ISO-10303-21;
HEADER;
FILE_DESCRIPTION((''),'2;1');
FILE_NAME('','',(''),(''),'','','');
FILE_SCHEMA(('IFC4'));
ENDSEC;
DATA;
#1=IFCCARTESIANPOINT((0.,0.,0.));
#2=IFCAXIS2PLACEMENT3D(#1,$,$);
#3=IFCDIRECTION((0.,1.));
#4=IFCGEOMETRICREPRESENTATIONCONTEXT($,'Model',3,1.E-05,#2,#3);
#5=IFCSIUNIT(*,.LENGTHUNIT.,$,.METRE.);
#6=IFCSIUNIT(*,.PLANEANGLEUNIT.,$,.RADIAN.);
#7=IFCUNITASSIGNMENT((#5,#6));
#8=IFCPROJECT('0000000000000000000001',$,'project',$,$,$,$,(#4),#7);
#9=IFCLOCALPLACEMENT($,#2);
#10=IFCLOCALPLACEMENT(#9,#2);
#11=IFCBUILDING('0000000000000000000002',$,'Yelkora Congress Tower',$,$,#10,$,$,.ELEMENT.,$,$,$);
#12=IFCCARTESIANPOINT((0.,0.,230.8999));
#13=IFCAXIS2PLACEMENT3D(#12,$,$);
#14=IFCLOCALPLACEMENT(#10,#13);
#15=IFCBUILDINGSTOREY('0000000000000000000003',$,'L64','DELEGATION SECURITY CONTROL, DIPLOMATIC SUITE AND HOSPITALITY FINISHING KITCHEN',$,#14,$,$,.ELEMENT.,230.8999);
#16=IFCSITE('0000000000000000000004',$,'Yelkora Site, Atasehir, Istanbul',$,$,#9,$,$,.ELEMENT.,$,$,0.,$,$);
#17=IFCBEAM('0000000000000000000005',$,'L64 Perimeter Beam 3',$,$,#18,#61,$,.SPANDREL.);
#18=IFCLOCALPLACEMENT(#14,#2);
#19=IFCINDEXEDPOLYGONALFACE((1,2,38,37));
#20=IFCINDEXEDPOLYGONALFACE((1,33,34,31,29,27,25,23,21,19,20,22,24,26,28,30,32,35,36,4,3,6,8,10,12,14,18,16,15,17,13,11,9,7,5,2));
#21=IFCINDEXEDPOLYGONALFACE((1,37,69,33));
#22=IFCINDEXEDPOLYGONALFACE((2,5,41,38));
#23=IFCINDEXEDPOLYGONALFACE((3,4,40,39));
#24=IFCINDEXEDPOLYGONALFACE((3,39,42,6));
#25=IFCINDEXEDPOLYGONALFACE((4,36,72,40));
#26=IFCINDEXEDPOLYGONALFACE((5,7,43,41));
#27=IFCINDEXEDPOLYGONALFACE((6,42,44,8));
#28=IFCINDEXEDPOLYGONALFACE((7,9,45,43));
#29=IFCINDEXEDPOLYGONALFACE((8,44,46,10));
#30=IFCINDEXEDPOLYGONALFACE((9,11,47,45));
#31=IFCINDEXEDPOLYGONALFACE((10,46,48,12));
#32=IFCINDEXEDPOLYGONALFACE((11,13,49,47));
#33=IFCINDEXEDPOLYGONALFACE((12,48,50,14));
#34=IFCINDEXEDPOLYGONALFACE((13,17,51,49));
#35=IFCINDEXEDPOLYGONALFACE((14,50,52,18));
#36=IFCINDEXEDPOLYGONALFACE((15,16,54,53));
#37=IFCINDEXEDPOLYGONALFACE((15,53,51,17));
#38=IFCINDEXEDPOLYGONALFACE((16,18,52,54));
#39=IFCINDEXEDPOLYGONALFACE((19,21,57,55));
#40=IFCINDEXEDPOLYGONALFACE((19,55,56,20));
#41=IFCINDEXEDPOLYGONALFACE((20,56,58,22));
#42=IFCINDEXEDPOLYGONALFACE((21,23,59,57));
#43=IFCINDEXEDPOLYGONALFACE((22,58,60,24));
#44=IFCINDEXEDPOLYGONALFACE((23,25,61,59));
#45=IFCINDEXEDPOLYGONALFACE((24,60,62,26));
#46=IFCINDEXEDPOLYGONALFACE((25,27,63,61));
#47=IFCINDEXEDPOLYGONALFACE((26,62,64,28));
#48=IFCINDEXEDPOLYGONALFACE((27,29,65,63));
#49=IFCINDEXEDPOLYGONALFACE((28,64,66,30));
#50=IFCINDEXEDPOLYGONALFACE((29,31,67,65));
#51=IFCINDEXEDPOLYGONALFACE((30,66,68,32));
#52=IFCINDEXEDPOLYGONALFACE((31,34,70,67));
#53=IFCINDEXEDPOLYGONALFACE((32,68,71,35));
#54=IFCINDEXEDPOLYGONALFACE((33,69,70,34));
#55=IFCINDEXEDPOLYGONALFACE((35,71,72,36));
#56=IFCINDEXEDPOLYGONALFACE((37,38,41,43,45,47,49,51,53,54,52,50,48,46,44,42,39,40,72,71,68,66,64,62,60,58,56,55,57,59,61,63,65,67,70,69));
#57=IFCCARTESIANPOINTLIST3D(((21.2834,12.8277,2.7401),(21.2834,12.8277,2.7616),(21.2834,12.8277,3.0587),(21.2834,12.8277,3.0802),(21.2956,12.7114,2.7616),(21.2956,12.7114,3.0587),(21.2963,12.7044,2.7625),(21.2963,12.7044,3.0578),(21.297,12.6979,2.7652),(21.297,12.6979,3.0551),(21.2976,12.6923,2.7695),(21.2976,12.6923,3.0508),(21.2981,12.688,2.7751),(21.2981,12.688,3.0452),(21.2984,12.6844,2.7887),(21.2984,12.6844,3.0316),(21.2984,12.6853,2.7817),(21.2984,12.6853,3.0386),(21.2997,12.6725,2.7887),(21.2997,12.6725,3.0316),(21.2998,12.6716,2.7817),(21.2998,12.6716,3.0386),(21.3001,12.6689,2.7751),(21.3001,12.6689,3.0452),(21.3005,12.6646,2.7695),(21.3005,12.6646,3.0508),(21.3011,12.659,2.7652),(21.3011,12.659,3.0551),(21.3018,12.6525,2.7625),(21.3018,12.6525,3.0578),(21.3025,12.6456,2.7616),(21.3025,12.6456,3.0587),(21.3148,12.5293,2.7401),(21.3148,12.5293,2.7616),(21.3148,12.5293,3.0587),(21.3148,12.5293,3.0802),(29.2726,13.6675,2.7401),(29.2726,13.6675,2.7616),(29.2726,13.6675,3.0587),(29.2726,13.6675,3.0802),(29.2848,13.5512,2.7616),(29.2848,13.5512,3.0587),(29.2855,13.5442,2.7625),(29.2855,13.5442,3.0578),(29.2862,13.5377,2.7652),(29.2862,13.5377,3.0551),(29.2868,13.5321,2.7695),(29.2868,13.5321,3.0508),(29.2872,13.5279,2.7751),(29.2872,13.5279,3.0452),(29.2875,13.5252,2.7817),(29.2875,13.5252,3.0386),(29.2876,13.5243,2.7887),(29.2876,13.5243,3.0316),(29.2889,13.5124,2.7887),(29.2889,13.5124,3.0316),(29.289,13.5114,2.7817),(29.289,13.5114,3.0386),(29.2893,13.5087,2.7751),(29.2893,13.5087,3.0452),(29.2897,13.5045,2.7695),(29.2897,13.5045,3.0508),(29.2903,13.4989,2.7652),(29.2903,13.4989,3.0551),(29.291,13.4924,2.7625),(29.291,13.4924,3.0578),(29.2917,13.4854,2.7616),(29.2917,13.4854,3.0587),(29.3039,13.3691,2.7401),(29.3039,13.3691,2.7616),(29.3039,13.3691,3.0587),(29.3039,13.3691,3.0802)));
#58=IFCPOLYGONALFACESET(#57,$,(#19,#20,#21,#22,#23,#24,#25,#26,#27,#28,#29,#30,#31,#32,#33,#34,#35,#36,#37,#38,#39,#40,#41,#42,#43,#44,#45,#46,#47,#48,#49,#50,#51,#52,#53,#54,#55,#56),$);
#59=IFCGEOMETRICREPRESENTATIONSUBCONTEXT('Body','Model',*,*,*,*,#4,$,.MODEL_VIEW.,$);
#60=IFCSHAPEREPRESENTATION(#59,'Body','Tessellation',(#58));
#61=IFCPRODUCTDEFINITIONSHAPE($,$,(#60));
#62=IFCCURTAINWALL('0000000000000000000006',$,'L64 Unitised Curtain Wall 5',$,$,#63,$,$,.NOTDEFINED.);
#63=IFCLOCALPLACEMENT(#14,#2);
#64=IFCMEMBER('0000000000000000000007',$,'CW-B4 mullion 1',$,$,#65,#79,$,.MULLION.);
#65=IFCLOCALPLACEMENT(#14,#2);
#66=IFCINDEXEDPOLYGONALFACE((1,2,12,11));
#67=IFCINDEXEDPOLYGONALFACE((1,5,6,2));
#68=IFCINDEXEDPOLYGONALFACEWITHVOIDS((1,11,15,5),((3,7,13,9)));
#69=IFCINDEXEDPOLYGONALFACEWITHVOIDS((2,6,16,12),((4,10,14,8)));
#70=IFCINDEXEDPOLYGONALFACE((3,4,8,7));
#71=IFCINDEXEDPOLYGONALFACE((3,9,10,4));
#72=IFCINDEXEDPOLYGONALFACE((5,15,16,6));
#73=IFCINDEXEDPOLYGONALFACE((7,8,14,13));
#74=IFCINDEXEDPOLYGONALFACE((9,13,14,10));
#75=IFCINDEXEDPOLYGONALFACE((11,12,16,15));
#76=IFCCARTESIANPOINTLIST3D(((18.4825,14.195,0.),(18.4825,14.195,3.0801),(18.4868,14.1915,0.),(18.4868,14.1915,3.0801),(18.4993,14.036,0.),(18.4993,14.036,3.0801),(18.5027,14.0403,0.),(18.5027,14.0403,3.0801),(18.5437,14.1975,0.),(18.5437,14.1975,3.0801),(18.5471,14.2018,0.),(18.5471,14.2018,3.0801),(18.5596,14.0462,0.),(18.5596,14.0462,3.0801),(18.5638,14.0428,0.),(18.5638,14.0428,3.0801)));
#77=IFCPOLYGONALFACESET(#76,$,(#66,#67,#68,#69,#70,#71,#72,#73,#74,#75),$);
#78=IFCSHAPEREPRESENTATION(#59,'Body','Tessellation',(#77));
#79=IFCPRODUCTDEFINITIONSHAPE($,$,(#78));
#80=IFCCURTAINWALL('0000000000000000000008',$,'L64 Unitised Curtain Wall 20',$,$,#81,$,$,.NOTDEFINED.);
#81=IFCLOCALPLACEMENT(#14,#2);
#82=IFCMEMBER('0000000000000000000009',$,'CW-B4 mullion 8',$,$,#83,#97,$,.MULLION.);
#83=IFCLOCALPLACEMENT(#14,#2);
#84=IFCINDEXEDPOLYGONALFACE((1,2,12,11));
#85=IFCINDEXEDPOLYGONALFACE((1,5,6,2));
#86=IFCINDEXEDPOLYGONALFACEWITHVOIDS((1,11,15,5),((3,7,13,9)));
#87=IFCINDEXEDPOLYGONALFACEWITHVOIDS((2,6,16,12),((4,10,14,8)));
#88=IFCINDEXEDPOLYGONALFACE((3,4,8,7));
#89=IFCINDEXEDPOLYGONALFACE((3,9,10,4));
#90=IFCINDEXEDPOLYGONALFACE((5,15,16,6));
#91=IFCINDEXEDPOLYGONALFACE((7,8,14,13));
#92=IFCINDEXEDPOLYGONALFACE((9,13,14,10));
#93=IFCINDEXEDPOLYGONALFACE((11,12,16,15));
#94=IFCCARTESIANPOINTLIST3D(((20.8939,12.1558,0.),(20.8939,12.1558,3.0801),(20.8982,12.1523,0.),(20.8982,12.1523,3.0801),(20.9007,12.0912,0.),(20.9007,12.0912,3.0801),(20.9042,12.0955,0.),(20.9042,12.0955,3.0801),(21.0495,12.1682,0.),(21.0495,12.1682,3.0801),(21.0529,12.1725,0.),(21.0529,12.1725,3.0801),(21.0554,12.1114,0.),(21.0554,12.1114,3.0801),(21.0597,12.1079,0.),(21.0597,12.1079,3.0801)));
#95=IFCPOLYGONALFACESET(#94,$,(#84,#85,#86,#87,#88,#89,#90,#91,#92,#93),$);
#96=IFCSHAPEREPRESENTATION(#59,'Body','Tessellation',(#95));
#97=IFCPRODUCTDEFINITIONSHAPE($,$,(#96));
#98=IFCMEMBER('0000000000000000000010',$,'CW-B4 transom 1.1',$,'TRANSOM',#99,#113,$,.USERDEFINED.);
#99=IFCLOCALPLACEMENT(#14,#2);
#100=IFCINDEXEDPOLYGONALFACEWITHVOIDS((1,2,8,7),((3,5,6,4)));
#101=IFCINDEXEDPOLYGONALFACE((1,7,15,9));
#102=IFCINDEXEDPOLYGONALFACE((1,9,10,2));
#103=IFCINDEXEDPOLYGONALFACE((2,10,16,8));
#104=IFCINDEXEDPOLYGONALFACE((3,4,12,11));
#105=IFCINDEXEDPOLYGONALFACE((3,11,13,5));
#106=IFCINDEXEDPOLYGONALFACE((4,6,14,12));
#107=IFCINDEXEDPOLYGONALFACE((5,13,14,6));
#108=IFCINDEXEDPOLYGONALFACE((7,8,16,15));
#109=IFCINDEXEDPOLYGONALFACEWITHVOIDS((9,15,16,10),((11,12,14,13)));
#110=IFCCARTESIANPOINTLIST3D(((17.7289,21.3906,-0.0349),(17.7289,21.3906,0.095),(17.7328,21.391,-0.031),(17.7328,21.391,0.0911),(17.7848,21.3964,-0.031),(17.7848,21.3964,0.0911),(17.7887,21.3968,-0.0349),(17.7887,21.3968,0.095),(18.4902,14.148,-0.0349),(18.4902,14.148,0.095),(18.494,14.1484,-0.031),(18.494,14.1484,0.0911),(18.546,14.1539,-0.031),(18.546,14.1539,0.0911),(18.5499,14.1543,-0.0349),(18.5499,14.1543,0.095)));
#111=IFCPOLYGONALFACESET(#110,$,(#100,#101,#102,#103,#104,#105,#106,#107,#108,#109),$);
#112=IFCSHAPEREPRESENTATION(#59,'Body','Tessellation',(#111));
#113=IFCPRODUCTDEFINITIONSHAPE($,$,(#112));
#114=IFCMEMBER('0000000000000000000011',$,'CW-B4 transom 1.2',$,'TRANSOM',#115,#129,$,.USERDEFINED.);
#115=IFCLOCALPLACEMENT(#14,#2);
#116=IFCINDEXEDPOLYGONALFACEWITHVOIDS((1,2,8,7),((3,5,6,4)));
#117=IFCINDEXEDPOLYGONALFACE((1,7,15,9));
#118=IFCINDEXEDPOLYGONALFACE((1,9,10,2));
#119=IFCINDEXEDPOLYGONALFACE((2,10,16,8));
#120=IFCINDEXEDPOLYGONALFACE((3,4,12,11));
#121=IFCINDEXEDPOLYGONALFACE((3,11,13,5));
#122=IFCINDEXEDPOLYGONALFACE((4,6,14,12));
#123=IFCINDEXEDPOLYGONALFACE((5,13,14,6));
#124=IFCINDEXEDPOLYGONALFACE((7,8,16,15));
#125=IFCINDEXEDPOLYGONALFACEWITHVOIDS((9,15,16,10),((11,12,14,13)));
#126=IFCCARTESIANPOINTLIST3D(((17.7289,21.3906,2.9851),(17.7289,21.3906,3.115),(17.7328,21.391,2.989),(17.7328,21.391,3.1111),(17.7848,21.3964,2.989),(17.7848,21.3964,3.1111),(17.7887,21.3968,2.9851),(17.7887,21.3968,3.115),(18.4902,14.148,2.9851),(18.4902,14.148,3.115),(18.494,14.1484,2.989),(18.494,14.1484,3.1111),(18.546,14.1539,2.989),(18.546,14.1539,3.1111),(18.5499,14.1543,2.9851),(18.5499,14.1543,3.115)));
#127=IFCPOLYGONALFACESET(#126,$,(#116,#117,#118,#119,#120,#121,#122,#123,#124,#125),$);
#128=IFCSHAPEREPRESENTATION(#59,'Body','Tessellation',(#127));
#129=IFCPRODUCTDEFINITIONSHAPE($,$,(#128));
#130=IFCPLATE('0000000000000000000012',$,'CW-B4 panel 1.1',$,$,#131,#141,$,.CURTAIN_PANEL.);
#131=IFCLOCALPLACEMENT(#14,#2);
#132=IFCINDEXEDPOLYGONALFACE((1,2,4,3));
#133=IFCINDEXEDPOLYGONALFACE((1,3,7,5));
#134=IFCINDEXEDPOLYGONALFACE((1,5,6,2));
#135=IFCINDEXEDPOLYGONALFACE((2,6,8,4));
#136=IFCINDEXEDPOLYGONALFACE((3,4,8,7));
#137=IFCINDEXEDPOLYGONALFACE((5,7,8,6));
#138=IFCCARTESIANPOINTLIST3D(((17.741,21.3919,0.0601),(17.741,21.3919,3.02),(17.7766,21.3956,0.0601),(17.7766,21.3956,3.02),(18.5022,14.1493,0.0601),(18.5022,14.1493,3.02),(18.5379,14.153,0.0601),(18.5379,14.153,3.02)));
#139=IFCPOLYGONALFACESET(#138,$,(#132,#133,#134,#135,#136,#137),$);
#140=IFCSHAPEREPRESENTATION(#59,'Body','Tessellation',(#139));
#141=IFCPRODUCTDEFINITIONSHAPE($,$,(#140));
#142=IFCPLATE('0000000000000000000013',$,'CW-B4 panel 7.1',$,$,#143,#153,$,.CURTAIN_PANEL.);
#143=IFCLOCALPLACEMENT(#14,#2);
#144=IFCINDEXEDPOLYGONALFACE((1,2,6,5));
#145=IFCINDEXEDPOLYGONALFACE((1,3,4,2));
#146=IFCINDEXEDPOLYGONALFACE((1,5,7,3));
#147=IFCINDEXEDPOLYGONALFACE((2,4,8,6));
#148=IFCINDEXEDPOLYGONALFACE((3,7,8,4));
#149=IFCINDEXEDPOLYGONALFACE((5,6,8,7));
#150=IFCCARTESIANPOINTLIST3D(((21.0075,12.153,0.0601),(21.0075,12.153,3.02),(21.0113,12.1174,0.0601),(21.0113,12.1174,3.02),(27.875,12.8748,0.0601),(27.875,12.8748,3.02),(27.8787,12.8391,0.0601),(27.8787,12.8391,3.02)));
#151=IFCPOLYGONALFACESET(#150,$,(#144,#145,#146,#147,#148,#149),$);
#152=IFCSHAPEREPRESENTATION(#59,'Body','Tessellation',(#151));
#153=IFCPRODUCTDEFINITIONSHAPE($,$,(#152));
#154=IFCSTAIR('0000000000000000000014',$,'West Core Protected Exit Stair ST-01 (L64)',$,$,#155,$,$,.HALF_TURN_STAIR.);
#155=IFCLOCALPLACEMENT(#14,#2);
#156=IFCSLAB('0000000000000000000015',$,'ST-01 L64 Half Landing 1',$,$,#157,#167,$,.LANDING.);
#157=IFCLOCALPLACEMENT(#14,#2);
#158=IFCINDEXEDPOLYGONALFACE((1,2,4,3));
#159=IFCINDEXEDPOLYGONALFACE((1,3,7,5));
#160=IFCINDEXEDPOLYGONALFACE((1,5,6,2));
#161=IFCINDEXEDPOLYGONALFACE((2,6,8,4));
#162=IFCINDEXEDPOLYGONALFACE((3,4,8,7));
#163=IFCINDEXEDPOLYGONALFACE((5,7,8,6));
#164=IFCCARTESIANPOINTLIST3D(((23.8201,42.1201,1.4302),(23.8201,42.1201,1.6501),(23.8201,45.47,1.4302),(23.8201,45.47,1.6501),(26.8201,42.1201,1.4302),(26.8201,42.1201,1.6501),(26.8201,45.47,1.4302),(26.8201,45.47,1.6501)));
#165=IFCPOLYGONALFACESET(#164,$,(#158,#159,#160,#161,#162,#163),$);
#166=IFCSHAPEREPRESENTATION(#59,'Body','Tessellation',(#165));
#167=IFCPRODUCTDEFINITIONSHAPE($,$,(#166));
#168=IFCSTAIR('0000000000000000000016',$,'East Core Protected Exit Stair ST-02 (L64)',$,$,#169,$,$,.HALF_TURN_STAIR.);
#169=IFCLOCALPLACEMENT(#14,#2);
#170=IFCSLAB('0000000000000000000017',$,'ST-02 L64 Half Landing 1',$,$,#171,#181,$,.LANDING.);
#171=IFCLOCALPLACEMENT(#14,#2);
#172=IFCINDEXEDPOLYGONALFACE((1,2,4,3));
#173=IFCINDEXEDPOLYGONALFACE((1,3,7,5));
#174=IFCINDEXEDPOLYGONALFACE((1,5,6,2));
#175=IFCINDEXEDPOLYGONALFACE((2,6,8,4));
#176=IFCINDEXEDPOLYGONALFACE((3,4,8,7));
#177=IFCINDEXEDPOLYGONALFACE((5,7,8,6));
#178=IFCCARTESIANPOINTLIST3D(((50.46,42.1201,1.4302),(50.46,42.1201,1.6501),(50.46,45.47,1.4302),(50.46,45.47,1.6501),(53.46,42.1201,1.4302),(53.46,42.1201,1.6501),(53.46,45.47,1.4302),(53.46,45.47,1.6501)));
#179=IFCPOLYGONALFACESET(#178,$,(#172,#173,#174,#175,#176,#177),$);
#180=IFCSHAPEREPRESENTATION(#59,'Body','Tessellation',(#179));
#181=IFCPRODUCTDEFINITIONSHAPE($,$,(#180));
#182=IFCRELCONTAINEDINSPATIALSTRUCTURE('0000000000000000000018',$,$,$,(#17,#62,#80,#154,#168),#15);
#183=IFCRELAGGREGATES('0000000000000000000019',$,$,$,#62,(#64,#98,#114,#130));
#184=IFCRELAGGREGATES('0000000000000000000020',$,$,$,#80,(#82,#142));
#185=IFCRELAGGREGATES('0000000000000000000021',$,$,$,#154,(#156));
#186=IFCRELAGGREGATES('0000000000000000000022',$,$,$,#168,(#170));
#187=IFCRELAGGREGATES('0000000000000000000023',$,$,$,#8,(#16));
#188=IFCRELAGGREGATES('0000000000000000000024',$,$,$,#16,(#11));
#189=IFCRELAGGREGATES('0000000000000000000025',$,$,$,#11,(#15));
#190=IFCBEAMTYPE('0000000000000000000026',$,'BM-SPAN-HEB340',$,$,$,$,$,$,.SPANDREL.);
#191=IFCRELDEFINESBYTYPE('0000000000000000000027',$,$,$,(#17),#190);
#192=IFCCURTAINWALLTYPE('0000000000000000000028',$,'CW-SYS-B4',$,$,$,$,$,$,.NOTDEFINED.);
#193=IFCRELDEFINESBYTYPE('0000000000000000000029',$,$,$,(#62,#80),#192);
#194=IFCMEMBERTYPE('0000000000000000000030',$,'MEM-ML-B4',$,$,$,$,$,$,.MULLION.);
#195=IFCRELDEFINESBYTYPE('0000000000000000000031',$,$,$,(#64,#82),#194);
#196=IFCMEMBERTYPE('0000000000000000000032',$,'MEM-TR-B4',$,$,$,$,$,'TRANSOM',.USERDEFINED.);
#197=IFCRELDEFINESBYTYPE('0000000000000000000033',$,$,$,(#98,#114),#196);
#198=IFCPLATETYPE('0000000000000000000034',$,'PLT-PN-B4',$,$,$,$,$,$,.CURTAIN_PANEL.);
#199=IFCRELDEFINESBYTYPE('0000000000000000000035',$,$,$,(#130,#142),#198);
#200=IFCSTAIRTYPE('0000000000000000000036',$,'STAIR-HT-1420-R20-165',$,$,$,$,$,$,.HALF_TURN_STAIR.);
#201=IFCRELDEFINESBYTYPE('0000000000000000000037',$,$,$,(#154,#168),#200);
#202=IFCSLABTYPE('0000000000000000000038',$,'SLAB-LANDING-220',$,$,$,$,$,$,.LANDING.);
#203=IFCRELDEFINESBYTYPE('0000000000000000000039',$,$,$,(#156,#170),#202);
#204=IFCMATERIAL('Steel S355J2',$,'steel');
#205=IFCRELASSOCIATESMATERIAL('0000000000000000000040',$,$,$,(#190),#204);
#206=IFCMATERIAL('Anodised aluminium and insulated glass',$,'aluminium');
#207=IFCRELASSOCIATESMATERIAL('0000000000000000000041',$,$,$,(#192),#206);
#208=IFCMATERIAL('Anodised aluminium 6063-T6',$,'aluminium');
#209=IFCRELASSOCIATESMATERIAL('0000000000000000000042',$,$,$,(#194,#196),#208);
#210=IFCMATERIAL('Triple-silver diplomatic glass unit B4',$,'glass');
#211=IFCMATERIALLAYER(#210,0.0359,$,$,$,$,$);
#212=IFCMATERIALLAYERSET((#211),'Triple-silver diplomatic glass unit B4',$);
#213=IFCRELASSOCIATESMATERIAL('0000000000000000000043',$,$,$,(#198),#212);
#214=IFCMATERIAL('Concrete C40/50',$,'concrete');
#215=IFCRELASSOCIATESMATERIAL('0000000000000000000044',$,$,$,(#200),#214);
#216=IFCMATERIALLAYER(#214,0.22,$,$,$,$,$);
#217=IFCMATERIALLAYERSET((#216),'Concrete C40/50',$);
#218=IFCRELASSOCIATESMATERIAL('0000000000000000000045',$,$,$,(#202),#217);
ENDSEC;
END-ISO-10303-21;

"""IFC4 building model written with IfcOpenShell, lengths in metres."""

from ifc_helpers import new_model, si_unit, direction, frame, origin, origin_2d, place, context, subcontext, project, spatial, polyline, rectangle, hollow_rectangle, i_section, outline, extrude, material, layer, layer_set, material_profile, profile_set, type_object, element, aggregate, save


model = new_model("IFC4")

# Units and contexts
model_context = context("Model", 3, precision=1e-05, world=origin(), true_north=direction((0.0, 1.0)))
body_context = subcontext(model_context, "Body", "Model", "MODEL_VIEW")
ifc_project = project(units=[si_unit("LENGTHUNIT", "METRE"), si_unit("PLANEANGLEUNIT", "RADIAN")], contexts=[model_context])

# Site, building, storey
site_placement = place(None, origin())
site = spatial("IfcSite", under=ifc_project, at=site_placement, Name="Yelkora Site, Atasehir, Istanbul", CompositionType="ELEMENT", RefElevation=0.0)
building_placement = place(site_placement, origin())
building = spatial("IfcBuilding", under=site, at=building_placement, Name="Yelkora Congress Tower", CompositionType="ELEMENT")
storey_placement = place(building_placement, frame((0.0, 0.0, 230.8999)))
storey = spatial("IfcBuildingStorey", under=building, at=storey_placement, Name="L64", Description="DELEGATION SECURITY CONTROL, DIPLOMATIC SUITE AND HOSPITALITY FINISHING KITCHEN", CompositionType="ELEMENT", Elevation=230.8999)

# Shared definitions
ifc_material_1 = material(Name="Steel S355J2", Category="steel")

# Beam
ifc_material_profile_1 = material_profile(ifc_material_1, i_section(OverallWidth=0.3, OverallDepth=0.3401, WebThickness=0.012, FlangeThickness=0.0215, FilletRadius=0.0271, at=origin_2d()), Name="HEB 340")
ifc_profile_set_1 = profile_set([ifc_material_profile_1], Name="Steel S355J2")
beam_type_1 = type_object("IfcBeamType", Name="BM-SPAN-HEB340", PredefinedType="SPANDREL", material=ifc_profile_set_1)
beam_1_placement = place(storey_placement, frame((21.2991, 12.6785, 2.9102), z_axis=(0.99452, 0.104546, 0.0), x_axis=(-0.104546, 0.99452, 0.0)))
element("IfcBeam", 1, at=beam_1_placement, inside=storey, type_object=beam_type_1, Name="L64 Perimeter Beam 3", PredefinedType="SPANDREL", context=body_context, shape_type="SweptSolid", body=[
    extrude(i_section(OverallWidth=0.3, OverallDepth=0.3401, WebThickness=0.012, FlangeThickness=0.0215, FilletRadius=0.0271, at=origin_2d()), origin(), (0.0, 0.0, 1.0), 8.0332),
])

# Curtain walls, members
ifc_material_2 = material(Name="Anodised aluminium and insulated glass", Category="aluminium")
curtain_wall_type = type_object("IfcCurtainWallType", Name="CW-SYS-B4", PredefinedType="NOTDEFINED", material=ifc_material_2)
curtain_wall_1_placement = place(storey_placement, origin())
curtain_wall_1 = element("IfcCurtainWall", 2, at=curtain_wall_1_placement, inside=storey, type_object=curtain_wall_type, Name="L64 Unitised Curtain Wall 5", PredefinedType="NOTDEFINED")
ifc_material_3 = material(Name="Anodised aluminium 6063-T6", Category="aluminium")
ifc_material_profile_2 = material_profile(ifc_material_3, hollow_rectangle(XDim=0.0649, YDim=0.1599, WallThickness=0.0039, at=origin_2d()), Name="ALU 65x160x4")
ifc_profile_set_2 = profile_set([ifc_material_profile_2], Name="Anodised aluminium 6063-T6")
member_type_1 = type_object("IfcMemberType", Name="MEM-ML-B4", PredefinedType="MULLION", material=ifc_profile_set_2)
member_1_placement = place(storey_placement, frame((18.5232, 14.1189, 0.0), z_axis=(0.0, 0.0, 1.0), x_axis=(-0.994522, -0.104526, 0.0)))
member_1 = element("IfcMember", 3, at=member_1_placement, type_object=member_type_1, Name="CW-B4 mullion 1", PredefinedType="MULLION", context=body_context, shape_type="SweptSolid", body=[
    extrude(hollow_rectangle(XDim=0.0649, YDim=0.1599, WallThickness=0.0039, at=origin_2d()), origin(), (0.0, 0.0, 1.0), 3.0801),
])
curtain_wall_2_placement = place(storey_placement, origin())
curtain_wall_2 = element("IfcCurtainWall", 4, at=curtain_wall_2_placement, inside=storey, type_object=curtain_wall_type, Name="L64 Unitised Curtain Wall 20", PredefinedType="NOTDEFINED")
member_2_placement = place(storey_placement, frame((20.9768, 12.1318, 0.0), z_axis=(0.0, 0.0, 1.0), x_axis=(0.104527, -0.994522, 0.0)))
member_2 = element("IfcMember", 5, at=member_2_placement, type_object=member_type_1, Name="CW-B4 mullion 8", PredefinedType="MULLION", context=body_context, shape_type="SweptSolid", body=[
    extrude(hollow_rectangle(XDim=0.0649, YDim=0.1599, WallThickness=0.0039, at=origin_2d()), origin(), (0.0, 0.0, 1.0), 3.0801),
])

# Members
ifc_material_profile_3 = material_profile(ifc_material_3, hollow_rectangle(XDim=0.0601, YDim=0.1299, WallThickness=0.0039, at=origin_2d()), Name="ALU 60x130x4")
ifc_profile_set_3 = profile_set([ifc_material_profile_3], Name="Anodised aluminium 6063-T6")
member_type_2 = type_object("IfcMemberType", Name="MEM-TR-B4", ElementType="TRANSOM", PredefinedType="USERDEFINED", material=ifc_profile_set_3)
member_3_placement = place(storey_placement, frame((18.52, 14.1511, 0.03), z_axis=(-0.104528, 0.994522, 0.0), x_axis=(-0.994522, -0.104528, 0.0)))
member_3 = element("IfcMember", 6, at=member_3_placement, type_object=member_type_2, Name="CW-B4 transom 1.1", ObjectType="TRANSOM", PredefinedType="USERDEFINED", context=body_context, shape_type="SweptSolid", body=[
    extrude(hollow_rectangle(XDim=0.0601, YDim=0.1299, WallThickness=0.0039, at=origin_2d()), origin(), (0.0, 0.0, 1.0), 7.2825),
])
member_4_placement = place(storey_placement, frame((18.52, 14.1511, 3.05), z_axis=(-0.104528, 0.994522, 0.0), x_axis=(-0.994522, -0.104528, 0.0)))
member_4 = element("IfcMember", 7, at=member_4_placement, type_object=member_type_2, Name="CW-B4 transom 1.2", ObjectType="TRANSOM", PredefinedType="USERDEFINED", context=body_context, shape_type="SweptSolid", body=[
    extrude(hollow_rectangle(XDim=0.0601, YDim=0.1299, WallThickness=0.0039, at=origin_2d()), origin(), (0.0, 0.0, 1.0), 7.2825),
])

# Plates
ifc_material_4 = material(Name="Triple-silver diplomatic glass unit B4", Category="glass")
ifc_layer_1 = layer(ifc_material_4, 0.0359)
ifc_layer_set_1 = layer_set([ifc_layer_1], Name="Triple-silver diplomatic glass unit B4")
plate_type = type_object("IfcPlateType", Name="PLT-PN-B4", PredefinedType="CURTAIN_PANEL", material=ifc_layer_set_1)
plate_1_placement = place(storey_placement, frame((18.1394, 17.7725, 0.0601), z_axis=(0.0, 0.0, 1.0), x_axis=(-0.104526, 0.994522, 0.0)))
plate_1 = element("IfcPlate", 8, at=plate_1_placement, type_object=plate_type, Name="CW-B4 panel 1.1", PredefinedType="CURTAIN_PANEL", context=body_context, shape_type="SweptSolid", body=[
    extrude(rectangle(XDim=7.2825, YDim=0.0359, at=origin_2d()), origin(), (0.0, 0.0, 1.0), 2.96),
])
aggregate(curtain_wall_1, [member_1, member_3, member_4, plate_1])
plate_2_placement = place(storey_placement, frame((24.4431, 12.4961, 0.0601), z_axis=(0.0, 0.0, 1.0), x_axis=(-0.994522, -0.104527, 0.0)))
plate_2 = element("IfcPlate", 9, at=plate_2_placement, type_object=plate_type, Name="CW-B4 panel 7.1", PredefinedType="CURTAIN_PANEL", context=body_context, shape_type="SweptSolid", body=[
    extrude(rectangle(XDim=6.9053, YDim=0.0359, at=origin_2d()), origin(), (0.0, 0.0, 1.0), 2.96),
])
aggregate(curtain_wall_2, [member_2, plate_2])

# Stairs, slabs
ifc_material_5 = material(Name="Concrete C40/50", Category="concrete")
stair_type = type_object("IfcStairType", Name="STAIR-HT-1420-R20-165", PredefinedType="HALF_TURN_STAIR", material=ifc_material_5)
stair_1_placement = place(storey_placement, origin())
stair_1 = element("IfcStair", 10, at=stair_1_placement, inside=storey, type_object=stair_type, Name="West Core Protected Exit Stair ST-01 (L64)", PredefinedType="HALF_TURN_STAIR")
ifc_layer_2 = layer(ifc_material_5, 0.22)
ifc_layer_set_2 = layer_set([ifc_layer_2], Name="Concrete C40/50")
slab_type_1 = type_object("IfcSlabType", Name="SLAB-LANDING-220", PredefinedType="LANDING", material=ifc_layer_set_2)
slab_1_placement = place(storey_placement, frame((0.0, 0.0, 1.4302)))
slab_1 = element("IfcSlab", 11, at=slab_1_placement, type_object=slab_type_1, Name="ST-01 L64 Half Landing 1", PredefinedType="LANDING", context=body_context, shape_type="SweptSolid", body=[
    extrude(outline(polyline([(26.8201, 42.1201), (26.8201, 45.47), (23.8201, 45.47), (23.8201, 42.1201), (26.8201, 42.1201)])), origin(), (0.0, 0.0, 1.0), 0.22),
])
aggregate(stair_1, [slab_1])
stair_2_placement = place(storey_placement, origin())
stair_2 = element("IfcStair", 12, at=stair_2_placement, inside=storey, type_object=stair_type, Name="East Core Protected Exit Stair ST-02 (L64)", PredefinedType="HALF_TURN_STAIR")
slab_2_placement = place(storey_placement, frame((0.0, 0.0, 1.4302)))
slab_2 = element("IfcSlab", 13, at=slab_2_placement, type_object=slab_type_1, Name="ST-02 L64 Half Landing 1", PredefinedType="LANDING", context=body_context, shape_type="SweptSolid", body=[
    extrude(outline(polyline([(53.46, 42.1201), (53.46, 45.47), (50.46, 45.47), (50.46, 42.1201), (53.46, 42.1201)])), origin(), (0.0, 0.0, 1.0), 0.22),
])
aggregate(stair_2, [slab_2])

save(model, "model.ifc")
